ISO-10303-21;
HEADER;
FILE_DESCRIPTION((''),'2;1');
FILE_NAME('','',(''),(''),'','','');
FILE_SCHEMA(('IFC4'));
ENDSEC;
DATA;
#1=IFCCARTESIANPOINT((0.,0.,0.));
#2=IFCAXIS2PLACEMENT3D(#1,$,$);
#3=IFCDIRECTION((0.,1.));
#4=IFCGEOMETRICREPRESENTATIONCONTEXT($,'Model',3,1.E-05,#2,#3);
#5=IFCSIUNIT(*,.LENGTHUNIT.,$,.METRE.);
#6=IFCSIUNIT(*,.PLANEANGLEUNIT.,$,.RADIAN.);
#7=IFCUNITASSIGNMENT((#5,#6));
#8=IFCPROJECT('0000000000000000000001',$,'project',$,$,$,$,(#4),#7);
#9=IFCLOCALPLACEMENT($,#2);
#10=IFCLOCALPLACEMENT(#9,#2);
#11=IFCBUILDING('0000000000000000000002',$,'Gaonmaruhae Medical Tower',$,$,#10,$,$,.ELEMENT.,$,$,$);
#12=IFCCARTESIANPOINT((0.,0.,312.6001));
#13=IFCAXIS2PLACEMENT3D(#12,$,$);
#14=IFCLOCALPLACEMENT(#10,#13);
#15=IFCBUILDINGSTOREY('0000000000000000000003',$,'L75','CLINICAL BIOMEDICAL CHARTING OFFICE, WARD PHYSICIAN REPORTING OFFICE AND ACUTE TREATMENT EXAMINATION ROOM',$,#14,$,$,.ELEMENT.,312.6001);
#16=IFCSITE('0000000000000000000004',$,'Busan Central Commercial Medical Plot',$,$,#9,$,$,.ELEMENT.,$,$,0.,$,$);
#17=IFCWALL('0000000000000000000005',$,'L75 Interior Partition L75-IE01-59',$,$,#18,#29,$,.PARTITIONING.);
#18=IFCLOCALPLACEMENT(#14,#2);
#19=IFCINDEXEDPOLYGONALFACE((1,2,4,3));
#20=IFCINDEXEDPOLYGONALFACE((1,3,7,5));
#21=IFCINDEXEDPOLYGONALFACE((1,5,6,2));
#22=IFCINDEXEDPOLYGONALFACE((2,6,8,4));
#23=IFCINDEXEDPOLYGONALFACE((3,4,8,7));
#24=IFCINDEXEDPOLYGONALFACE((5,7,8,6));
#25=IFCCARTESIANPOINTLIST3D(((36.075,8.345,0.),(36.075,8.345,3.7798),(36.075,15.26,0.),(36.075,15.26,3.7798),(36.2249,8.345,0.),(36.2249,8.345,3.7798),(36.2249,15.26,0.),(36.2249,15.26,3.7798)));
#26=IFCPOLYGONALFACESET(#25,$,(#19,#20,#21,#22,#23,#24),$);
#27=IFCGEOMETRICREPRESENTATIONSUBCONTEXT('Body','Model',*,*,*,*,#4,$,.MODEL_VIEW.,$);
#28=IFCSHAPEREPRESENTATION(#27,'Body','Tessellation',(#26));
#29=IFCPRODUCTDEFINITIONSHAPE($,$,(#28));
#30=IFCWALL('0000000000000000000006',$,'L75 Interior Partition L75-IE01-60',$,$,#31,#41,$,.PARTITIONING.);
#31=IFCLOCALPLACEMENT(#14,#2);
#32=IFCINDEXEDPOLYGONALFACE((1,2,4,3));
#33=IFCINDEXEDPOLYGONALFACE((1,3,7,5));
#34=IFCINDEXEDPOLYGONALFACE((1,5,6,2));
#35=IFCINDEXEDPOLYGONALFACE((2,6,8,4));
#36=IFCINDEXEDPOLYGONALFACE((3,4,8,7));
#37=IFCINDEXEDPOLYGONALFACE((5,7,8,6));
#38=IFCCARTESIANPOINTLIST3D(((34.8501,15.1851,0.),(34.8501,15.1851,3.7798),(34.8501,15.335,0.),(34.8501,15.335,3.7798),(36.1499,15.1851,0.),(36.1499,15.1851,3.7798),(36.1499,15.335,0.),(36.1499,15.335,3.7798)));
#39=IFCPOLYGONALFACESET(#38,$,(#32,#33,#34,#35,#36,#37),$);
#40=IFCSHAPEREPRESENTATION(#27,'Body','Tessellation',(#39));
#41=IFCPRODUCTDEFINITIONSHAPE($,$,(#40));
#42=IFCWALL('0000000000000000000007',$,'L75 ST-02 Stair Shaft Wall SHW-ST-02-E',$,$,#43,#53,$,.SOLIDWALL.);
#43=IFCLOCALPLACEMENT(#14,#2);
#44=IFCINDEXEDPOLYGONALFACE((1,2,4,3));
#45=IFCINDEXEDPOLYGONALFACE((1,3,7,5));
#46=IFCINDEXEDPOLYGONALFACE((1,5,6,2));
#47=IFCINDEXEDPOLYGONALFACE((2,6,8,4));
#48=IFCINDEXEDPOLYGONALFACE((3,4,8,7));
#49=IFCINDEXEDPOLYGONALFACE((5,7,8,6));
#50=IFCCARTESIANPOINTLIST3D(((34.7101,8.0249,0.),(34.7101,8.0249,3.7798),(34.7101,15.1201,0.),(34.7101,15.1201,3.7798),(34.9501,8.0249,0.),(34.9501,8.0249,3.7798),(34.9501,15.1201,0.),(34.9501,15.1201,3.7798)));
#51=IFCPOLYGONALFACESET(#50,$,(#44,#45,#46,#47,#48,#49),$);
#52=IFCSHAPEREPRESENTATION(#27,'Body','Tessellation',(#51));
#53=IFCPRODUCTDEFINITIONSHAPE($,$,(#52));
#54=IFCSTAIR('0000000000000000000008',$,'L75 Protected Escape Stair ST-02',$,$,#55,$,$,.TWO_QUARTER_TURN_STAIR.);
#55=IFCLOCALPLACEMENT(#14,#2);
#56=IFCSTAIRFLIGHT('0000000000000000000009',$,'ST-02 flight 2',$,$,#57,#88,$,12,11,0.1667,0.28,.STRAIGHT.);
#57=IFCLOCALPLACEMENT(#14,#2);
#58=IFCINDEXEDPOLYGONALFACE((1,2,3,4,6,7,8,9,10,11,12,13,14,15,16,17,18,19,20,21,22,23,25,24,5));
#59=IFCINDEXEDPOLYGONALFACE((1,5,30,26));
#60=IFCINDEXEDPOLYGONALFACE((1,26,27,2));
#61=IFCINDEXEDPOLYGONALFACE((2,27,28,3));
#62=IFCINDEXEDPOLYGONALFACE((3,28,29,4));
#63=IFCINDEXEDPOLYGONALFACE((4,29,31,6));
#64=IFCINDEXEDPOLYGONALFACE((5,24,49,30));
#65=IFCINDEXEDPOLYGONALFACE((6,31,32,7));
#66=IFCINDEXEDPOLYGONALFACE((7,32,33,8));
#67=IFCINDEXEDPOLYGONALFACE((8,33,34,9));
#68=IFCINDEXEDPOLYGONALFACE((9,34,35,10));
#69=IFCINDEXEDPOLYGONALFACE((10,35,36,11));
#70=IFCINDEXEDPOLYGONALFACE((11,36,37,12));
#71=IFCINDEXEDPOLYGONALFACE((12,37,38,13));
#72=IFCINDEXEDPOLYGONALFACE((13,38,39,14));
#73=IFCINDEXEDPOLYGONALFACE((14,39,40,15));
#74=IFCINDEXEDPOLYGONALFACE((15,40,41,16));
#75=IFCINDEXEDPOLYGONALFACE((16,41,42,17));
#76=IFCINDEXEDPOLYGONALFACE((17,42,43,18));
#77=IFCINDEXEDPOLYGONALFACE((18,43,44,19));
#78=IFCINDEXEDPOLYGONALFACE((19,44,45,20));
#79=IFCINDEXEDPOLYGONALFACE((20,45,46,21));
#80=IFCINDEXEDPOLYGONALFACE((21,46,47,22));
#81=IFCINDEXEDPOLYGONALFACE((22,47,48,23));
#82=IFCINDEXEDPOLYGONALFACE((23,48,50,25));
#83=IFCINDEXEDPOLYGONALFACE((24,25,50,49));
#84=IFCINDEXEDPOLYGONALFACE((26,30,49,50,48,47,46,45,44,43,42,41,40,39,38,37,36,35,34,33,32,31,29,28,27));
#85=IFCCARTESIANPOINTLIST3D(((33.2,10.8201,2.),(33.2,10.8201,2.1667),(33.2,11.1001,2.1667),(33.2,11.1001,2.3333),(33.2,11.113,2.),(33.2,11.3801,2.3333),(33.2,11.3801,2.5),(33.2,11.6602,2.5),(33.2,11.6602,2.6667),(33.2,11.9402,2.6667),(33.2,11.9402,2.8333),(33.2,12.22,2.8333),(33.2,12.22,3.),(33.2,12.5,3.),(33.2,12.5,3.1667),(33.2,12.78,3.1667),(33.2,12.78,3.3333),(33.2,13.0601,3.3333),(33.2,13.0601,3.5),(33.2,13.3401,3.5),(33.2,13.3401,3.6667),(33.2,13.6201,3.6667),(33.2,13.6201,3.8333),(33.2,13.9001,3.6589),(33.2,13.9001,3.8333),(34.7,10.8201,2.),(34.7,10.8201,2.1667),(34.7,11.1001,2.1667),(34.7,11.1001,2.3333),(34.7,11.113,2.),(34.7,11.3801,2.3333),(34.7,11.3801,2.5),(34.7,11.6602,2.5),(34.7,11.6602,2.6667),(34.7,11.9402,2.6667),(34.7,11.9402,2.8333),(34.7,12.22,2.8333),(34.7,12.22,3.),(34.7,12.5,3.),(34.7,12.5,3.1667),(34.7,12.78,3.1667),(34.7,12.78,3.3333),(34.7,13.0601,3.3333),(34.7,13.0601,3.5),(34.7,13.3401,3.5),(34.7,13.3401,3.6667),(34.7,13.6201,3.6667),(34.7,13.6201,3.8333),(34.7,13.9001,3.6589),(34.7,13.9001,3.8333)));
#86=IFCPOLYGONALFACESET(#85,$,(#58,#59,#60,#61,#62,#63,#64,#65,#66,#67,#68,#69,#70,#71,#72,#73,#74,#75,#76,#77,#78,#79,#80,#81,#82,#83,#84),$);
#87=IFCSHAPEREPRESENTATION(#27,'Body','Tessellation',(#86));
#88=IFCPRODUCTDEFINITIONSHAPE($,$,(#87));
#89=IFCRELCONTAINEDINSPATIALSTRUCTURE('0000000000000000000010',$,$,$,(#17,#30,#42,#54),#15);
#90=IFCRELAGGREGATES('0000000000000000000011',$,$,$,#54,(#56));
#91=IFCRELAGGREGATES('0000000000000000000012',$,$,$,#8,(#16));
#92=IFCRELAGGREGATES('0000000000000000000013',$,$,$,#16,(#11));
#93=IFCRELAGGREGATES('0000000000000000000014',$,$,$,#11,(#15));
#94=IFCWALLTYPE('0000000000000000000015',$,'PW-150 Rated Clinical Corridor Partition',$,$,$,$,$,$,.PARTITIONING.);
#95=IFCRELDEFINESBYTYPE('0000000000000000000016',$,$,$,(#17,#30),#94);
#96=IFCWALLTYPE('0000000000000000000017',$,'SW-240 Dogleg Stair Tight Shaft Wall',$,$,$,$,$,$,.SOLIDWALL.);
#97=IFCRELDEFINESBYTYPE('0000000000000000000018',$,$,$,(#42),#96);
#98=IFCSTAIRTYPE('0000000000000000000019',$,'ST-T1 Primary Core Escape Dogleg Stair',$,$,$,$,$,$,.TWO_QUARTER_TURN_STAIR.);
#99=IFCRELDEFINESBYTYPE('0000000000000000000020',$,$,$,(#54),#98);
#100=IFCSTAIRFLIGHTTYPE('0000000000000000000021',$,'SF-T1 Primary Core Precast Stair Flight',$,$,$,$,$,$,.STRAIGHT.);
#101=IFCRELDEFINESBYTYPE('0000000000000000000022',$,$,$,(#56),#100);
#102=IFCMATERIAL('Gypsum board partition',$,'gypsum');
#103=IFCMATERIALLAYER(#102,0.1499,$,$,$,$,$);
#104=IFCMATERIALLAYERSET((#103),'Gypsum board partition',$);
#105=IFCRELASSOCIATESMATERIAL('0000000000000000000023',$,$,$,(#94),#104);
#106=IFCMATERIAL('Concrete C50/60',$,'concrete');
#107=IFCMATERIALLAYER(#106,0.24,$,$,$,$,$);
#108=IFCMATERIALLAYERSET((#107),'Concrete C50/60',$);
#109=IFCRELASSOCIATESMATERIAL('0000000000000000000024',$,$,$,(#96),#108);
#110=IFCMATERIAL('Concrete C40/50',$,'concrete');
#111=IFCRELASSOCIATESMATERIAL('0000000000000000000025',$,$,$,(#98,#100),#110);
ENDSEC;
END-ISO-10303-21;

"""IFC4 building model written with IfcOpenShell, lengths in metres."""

from ifc_helpers import new_model, si_unit, direction, frame, frame_2d, origin, place, context, subcontext, project, spatial, polyline, rectangle, outline, extrude, material, layer, layer_set, type_object, element, aggregate, save


model = new_model("IFC4")

# Units and contexts
model_context = context("Model", 3, precision=1e-05, world=origin(), true_north=direction((0.0, 1.0)))
body_context = subcontext(model_context, "Body", "Model", "MODEL_VIEW")
ifc_project = project(units=[si_unit("LENGTHUNIT", "METRE"), si_unit("PLANEANGLEUNIT", "RADIAN")], contexts=[model_context])

# Site, building, storey
site_placement = place(None, origin())
site = spatial("IfcSite", under=ifc_project, at=site_placement, Name="Busan Central Commercial Medical Plot", CompositionType="ELEMENT", RefElevation=0.0)
building_placement = place(site_placement, origin())
building = spatial("IfcBuilding", under=site, at=building_placement, Name="Gaonmaruhae Medical Tower", CompositionType="ELEMENT")
storey_placement = place(building_placement, frame((0.0, 0.0, 312.6001)))
storey = spatial("IfcBuildingStorey", under=building, at=storey_placement, Name="L75", Description="CLINICAL BIOMEDICAL CHARTING OFFICE, WARD PHYSICIAN REPORTING OFFICE AND ACUTE TREATMENT EXAMINATION ROOM", CompositionType="ELEMENT", Elevation=312.6001)

# Shared definitions
ifc_material_1 = material(Name="Concrete C50/60", Category="concrete")

# Walls
ifc_material_2 = material(Name="Gypsum board partition", Category="gypsum")
ifc_layer_1 = layer(ifc_material_2, 0.1499)
ifc_layer_set_1 = layer_set([ifc_layer_1], Name="Gypsum board partition")
wall_type_1 = type_object("IfcWallType", Name="PW-150 Rated Clinical Corridor Partition", PredefinedType="PARTITIONING", material=ifc_layer_set_1)
wall_1_placement = place(storey_placement, frame((36.1499, 8.345, 0.0), z_axis=(0.0, 0.0, 1.0), x_axis=(0.0, 1.0, 0.0)))
element("IfcWall", 1, at=wall_1_placement, inside=storey, type_object=wall_type_1, Name="L75 Interior Partition L75-IE01-59", PredefinedType="PARTITIONING", context=body_context, shape_type="SweptSolid", body=[
    extrude(rectangle(XDim=6.915, YDim=0.1499, at=frame_2d((3.4575, 0.0))), origin(), (0.0, 0.0, 1.0), 3.7798),
])
wall_2_placement = place(storey_placement, frame((36.1499, 15.26, 0.0), z_axis=(0.0, 0.0, 1.0), x_axis=(-1.0, 0.0, 0.0)))
element("IfcWall", 2, at=wall_2_placement, inside=storey, type_object=wall_type_1, Name="L75 Interior Partition L75-IE01-60", PredefinedType="PARTITIONING", context=body_context, shape_type="SweptSolid", body=[
    extrude(rectangle(XDim=1.2998, YDim=0.1499, at=frame_2d((0.6499, 0.0))), origin(), (0.0, 0.0, 1.0), 3.7798),
])
ifc_layer_2 = layer(ifc_material_1, 0.24)
ifc_layer_set_2 = layer_set([ifc_layer_2], Name="Concrete C50/60")
wall_type_2 = type_object("IfcWallType", Name="SW-240 Dogleg Stair Tight Shaft Wall", PredefinedType="SOLIDWALL", material=ifc_layer_set_2)
wall_3_placement = place(storey_placement, frame((34.8301, 15.1201, 0.0), z_axis=(0.0, 0.0, 1.0), x_axis=(0.0, -1.0, 0.0)))
element("IfcWall", 3, at=wall_3_placement, inside=storey, type_object=wall_type_2, Name="L75 ST-02 Stair Shaft Wall SHW-ST-02-E", PredefinedType="SOLIDWALL", context=body_context, shape_type="SweptSolid", body=[
    extrude(rectangle(XDim=7.0952, YDim=0.24, at=frame_2d((3.5476, 0.0))), origin(), (0.0, 0.0, 1.0), 3.7798),
])

# Stair, stair flight
ifc_material_3 = material(Name="Concrete C40/50", Category="concrete")
stair_type = type_object("IfcStairType", Name="ST-T1 Primary Core Escape Dogleg Stair", PredefinedType="TWO_QUARTER_TURN_STAIR", material=ifc_material_3)
stair_placement = place(storey_placement, origin())
stair = element("IfcStair", 4, at=stair_placement, inside=storey, type_object=stair_type, Name="L75 Protected Escape Stair ST-02", PredefinedType="TWO_QUARTER_TURN_STAIR")
stair_flight_type = type_object("IfcStairFlightType", Name="SF-T1 Primary Core Precast Stair Flight", PredefinedType="STRAIGHT", material=ifc_material_3)
stair_flight_placement = place(storey_placement, frame((33.95, 10.8201, 2.0), z_axis=(0.0, 0.0, 1.0), x_axis=(0.0, 1.0, 0.0)))
stair_flight = element("IfcStairFlight", 5, at=stair_flight_placement, type_object=stair_flight_type, Name="ST-02 flight 2", NumberOfRisers=12, NumberOfTreads=11, PredefinedType="STRAIGHT", RiserHeight=0.1667, TreadLength=0.28, context=body_context, shape_type="SweptSolid", body=[
    extrude(outline(polyline([(0.0, 0.0), (0.0, 0.1667), (0.28, 0.1667), (0.28, 0.3333), (0.5601, 0.3333), (0.5601, 0.5), (0.8401, 0.5), (0.8401, 0.6667), (1.1201, 0.6667), (1.1201, 0.8333), (1.3999, 0.8333), (1.3999, 1.0), (1.6799, 1.0), (1.6799, 1.1667), (1.96, 1.1667), (1.96, 1.3333), (2.24, 1.3333), (2.24, 1.5), (2.52, 1.5), (2.52, 1.6667), (2.8, 1.6667), (2.8, 1.8333), (3.0801, 1.8333), (3.0801, 2.0), (3.0801, 1.6589), (0.293, 0.0), (0.0, 0.0)])), frame((0.0, 0.75, 0.0), z_axis=(0.0, -1.0, 0.0), x_axis=(1.0, 0.0, 0.0)), (0.0, 0.0, 1.0), 1.5),
])
aggregate(stair, [stair_flight])

save(model, "model.ifc")
